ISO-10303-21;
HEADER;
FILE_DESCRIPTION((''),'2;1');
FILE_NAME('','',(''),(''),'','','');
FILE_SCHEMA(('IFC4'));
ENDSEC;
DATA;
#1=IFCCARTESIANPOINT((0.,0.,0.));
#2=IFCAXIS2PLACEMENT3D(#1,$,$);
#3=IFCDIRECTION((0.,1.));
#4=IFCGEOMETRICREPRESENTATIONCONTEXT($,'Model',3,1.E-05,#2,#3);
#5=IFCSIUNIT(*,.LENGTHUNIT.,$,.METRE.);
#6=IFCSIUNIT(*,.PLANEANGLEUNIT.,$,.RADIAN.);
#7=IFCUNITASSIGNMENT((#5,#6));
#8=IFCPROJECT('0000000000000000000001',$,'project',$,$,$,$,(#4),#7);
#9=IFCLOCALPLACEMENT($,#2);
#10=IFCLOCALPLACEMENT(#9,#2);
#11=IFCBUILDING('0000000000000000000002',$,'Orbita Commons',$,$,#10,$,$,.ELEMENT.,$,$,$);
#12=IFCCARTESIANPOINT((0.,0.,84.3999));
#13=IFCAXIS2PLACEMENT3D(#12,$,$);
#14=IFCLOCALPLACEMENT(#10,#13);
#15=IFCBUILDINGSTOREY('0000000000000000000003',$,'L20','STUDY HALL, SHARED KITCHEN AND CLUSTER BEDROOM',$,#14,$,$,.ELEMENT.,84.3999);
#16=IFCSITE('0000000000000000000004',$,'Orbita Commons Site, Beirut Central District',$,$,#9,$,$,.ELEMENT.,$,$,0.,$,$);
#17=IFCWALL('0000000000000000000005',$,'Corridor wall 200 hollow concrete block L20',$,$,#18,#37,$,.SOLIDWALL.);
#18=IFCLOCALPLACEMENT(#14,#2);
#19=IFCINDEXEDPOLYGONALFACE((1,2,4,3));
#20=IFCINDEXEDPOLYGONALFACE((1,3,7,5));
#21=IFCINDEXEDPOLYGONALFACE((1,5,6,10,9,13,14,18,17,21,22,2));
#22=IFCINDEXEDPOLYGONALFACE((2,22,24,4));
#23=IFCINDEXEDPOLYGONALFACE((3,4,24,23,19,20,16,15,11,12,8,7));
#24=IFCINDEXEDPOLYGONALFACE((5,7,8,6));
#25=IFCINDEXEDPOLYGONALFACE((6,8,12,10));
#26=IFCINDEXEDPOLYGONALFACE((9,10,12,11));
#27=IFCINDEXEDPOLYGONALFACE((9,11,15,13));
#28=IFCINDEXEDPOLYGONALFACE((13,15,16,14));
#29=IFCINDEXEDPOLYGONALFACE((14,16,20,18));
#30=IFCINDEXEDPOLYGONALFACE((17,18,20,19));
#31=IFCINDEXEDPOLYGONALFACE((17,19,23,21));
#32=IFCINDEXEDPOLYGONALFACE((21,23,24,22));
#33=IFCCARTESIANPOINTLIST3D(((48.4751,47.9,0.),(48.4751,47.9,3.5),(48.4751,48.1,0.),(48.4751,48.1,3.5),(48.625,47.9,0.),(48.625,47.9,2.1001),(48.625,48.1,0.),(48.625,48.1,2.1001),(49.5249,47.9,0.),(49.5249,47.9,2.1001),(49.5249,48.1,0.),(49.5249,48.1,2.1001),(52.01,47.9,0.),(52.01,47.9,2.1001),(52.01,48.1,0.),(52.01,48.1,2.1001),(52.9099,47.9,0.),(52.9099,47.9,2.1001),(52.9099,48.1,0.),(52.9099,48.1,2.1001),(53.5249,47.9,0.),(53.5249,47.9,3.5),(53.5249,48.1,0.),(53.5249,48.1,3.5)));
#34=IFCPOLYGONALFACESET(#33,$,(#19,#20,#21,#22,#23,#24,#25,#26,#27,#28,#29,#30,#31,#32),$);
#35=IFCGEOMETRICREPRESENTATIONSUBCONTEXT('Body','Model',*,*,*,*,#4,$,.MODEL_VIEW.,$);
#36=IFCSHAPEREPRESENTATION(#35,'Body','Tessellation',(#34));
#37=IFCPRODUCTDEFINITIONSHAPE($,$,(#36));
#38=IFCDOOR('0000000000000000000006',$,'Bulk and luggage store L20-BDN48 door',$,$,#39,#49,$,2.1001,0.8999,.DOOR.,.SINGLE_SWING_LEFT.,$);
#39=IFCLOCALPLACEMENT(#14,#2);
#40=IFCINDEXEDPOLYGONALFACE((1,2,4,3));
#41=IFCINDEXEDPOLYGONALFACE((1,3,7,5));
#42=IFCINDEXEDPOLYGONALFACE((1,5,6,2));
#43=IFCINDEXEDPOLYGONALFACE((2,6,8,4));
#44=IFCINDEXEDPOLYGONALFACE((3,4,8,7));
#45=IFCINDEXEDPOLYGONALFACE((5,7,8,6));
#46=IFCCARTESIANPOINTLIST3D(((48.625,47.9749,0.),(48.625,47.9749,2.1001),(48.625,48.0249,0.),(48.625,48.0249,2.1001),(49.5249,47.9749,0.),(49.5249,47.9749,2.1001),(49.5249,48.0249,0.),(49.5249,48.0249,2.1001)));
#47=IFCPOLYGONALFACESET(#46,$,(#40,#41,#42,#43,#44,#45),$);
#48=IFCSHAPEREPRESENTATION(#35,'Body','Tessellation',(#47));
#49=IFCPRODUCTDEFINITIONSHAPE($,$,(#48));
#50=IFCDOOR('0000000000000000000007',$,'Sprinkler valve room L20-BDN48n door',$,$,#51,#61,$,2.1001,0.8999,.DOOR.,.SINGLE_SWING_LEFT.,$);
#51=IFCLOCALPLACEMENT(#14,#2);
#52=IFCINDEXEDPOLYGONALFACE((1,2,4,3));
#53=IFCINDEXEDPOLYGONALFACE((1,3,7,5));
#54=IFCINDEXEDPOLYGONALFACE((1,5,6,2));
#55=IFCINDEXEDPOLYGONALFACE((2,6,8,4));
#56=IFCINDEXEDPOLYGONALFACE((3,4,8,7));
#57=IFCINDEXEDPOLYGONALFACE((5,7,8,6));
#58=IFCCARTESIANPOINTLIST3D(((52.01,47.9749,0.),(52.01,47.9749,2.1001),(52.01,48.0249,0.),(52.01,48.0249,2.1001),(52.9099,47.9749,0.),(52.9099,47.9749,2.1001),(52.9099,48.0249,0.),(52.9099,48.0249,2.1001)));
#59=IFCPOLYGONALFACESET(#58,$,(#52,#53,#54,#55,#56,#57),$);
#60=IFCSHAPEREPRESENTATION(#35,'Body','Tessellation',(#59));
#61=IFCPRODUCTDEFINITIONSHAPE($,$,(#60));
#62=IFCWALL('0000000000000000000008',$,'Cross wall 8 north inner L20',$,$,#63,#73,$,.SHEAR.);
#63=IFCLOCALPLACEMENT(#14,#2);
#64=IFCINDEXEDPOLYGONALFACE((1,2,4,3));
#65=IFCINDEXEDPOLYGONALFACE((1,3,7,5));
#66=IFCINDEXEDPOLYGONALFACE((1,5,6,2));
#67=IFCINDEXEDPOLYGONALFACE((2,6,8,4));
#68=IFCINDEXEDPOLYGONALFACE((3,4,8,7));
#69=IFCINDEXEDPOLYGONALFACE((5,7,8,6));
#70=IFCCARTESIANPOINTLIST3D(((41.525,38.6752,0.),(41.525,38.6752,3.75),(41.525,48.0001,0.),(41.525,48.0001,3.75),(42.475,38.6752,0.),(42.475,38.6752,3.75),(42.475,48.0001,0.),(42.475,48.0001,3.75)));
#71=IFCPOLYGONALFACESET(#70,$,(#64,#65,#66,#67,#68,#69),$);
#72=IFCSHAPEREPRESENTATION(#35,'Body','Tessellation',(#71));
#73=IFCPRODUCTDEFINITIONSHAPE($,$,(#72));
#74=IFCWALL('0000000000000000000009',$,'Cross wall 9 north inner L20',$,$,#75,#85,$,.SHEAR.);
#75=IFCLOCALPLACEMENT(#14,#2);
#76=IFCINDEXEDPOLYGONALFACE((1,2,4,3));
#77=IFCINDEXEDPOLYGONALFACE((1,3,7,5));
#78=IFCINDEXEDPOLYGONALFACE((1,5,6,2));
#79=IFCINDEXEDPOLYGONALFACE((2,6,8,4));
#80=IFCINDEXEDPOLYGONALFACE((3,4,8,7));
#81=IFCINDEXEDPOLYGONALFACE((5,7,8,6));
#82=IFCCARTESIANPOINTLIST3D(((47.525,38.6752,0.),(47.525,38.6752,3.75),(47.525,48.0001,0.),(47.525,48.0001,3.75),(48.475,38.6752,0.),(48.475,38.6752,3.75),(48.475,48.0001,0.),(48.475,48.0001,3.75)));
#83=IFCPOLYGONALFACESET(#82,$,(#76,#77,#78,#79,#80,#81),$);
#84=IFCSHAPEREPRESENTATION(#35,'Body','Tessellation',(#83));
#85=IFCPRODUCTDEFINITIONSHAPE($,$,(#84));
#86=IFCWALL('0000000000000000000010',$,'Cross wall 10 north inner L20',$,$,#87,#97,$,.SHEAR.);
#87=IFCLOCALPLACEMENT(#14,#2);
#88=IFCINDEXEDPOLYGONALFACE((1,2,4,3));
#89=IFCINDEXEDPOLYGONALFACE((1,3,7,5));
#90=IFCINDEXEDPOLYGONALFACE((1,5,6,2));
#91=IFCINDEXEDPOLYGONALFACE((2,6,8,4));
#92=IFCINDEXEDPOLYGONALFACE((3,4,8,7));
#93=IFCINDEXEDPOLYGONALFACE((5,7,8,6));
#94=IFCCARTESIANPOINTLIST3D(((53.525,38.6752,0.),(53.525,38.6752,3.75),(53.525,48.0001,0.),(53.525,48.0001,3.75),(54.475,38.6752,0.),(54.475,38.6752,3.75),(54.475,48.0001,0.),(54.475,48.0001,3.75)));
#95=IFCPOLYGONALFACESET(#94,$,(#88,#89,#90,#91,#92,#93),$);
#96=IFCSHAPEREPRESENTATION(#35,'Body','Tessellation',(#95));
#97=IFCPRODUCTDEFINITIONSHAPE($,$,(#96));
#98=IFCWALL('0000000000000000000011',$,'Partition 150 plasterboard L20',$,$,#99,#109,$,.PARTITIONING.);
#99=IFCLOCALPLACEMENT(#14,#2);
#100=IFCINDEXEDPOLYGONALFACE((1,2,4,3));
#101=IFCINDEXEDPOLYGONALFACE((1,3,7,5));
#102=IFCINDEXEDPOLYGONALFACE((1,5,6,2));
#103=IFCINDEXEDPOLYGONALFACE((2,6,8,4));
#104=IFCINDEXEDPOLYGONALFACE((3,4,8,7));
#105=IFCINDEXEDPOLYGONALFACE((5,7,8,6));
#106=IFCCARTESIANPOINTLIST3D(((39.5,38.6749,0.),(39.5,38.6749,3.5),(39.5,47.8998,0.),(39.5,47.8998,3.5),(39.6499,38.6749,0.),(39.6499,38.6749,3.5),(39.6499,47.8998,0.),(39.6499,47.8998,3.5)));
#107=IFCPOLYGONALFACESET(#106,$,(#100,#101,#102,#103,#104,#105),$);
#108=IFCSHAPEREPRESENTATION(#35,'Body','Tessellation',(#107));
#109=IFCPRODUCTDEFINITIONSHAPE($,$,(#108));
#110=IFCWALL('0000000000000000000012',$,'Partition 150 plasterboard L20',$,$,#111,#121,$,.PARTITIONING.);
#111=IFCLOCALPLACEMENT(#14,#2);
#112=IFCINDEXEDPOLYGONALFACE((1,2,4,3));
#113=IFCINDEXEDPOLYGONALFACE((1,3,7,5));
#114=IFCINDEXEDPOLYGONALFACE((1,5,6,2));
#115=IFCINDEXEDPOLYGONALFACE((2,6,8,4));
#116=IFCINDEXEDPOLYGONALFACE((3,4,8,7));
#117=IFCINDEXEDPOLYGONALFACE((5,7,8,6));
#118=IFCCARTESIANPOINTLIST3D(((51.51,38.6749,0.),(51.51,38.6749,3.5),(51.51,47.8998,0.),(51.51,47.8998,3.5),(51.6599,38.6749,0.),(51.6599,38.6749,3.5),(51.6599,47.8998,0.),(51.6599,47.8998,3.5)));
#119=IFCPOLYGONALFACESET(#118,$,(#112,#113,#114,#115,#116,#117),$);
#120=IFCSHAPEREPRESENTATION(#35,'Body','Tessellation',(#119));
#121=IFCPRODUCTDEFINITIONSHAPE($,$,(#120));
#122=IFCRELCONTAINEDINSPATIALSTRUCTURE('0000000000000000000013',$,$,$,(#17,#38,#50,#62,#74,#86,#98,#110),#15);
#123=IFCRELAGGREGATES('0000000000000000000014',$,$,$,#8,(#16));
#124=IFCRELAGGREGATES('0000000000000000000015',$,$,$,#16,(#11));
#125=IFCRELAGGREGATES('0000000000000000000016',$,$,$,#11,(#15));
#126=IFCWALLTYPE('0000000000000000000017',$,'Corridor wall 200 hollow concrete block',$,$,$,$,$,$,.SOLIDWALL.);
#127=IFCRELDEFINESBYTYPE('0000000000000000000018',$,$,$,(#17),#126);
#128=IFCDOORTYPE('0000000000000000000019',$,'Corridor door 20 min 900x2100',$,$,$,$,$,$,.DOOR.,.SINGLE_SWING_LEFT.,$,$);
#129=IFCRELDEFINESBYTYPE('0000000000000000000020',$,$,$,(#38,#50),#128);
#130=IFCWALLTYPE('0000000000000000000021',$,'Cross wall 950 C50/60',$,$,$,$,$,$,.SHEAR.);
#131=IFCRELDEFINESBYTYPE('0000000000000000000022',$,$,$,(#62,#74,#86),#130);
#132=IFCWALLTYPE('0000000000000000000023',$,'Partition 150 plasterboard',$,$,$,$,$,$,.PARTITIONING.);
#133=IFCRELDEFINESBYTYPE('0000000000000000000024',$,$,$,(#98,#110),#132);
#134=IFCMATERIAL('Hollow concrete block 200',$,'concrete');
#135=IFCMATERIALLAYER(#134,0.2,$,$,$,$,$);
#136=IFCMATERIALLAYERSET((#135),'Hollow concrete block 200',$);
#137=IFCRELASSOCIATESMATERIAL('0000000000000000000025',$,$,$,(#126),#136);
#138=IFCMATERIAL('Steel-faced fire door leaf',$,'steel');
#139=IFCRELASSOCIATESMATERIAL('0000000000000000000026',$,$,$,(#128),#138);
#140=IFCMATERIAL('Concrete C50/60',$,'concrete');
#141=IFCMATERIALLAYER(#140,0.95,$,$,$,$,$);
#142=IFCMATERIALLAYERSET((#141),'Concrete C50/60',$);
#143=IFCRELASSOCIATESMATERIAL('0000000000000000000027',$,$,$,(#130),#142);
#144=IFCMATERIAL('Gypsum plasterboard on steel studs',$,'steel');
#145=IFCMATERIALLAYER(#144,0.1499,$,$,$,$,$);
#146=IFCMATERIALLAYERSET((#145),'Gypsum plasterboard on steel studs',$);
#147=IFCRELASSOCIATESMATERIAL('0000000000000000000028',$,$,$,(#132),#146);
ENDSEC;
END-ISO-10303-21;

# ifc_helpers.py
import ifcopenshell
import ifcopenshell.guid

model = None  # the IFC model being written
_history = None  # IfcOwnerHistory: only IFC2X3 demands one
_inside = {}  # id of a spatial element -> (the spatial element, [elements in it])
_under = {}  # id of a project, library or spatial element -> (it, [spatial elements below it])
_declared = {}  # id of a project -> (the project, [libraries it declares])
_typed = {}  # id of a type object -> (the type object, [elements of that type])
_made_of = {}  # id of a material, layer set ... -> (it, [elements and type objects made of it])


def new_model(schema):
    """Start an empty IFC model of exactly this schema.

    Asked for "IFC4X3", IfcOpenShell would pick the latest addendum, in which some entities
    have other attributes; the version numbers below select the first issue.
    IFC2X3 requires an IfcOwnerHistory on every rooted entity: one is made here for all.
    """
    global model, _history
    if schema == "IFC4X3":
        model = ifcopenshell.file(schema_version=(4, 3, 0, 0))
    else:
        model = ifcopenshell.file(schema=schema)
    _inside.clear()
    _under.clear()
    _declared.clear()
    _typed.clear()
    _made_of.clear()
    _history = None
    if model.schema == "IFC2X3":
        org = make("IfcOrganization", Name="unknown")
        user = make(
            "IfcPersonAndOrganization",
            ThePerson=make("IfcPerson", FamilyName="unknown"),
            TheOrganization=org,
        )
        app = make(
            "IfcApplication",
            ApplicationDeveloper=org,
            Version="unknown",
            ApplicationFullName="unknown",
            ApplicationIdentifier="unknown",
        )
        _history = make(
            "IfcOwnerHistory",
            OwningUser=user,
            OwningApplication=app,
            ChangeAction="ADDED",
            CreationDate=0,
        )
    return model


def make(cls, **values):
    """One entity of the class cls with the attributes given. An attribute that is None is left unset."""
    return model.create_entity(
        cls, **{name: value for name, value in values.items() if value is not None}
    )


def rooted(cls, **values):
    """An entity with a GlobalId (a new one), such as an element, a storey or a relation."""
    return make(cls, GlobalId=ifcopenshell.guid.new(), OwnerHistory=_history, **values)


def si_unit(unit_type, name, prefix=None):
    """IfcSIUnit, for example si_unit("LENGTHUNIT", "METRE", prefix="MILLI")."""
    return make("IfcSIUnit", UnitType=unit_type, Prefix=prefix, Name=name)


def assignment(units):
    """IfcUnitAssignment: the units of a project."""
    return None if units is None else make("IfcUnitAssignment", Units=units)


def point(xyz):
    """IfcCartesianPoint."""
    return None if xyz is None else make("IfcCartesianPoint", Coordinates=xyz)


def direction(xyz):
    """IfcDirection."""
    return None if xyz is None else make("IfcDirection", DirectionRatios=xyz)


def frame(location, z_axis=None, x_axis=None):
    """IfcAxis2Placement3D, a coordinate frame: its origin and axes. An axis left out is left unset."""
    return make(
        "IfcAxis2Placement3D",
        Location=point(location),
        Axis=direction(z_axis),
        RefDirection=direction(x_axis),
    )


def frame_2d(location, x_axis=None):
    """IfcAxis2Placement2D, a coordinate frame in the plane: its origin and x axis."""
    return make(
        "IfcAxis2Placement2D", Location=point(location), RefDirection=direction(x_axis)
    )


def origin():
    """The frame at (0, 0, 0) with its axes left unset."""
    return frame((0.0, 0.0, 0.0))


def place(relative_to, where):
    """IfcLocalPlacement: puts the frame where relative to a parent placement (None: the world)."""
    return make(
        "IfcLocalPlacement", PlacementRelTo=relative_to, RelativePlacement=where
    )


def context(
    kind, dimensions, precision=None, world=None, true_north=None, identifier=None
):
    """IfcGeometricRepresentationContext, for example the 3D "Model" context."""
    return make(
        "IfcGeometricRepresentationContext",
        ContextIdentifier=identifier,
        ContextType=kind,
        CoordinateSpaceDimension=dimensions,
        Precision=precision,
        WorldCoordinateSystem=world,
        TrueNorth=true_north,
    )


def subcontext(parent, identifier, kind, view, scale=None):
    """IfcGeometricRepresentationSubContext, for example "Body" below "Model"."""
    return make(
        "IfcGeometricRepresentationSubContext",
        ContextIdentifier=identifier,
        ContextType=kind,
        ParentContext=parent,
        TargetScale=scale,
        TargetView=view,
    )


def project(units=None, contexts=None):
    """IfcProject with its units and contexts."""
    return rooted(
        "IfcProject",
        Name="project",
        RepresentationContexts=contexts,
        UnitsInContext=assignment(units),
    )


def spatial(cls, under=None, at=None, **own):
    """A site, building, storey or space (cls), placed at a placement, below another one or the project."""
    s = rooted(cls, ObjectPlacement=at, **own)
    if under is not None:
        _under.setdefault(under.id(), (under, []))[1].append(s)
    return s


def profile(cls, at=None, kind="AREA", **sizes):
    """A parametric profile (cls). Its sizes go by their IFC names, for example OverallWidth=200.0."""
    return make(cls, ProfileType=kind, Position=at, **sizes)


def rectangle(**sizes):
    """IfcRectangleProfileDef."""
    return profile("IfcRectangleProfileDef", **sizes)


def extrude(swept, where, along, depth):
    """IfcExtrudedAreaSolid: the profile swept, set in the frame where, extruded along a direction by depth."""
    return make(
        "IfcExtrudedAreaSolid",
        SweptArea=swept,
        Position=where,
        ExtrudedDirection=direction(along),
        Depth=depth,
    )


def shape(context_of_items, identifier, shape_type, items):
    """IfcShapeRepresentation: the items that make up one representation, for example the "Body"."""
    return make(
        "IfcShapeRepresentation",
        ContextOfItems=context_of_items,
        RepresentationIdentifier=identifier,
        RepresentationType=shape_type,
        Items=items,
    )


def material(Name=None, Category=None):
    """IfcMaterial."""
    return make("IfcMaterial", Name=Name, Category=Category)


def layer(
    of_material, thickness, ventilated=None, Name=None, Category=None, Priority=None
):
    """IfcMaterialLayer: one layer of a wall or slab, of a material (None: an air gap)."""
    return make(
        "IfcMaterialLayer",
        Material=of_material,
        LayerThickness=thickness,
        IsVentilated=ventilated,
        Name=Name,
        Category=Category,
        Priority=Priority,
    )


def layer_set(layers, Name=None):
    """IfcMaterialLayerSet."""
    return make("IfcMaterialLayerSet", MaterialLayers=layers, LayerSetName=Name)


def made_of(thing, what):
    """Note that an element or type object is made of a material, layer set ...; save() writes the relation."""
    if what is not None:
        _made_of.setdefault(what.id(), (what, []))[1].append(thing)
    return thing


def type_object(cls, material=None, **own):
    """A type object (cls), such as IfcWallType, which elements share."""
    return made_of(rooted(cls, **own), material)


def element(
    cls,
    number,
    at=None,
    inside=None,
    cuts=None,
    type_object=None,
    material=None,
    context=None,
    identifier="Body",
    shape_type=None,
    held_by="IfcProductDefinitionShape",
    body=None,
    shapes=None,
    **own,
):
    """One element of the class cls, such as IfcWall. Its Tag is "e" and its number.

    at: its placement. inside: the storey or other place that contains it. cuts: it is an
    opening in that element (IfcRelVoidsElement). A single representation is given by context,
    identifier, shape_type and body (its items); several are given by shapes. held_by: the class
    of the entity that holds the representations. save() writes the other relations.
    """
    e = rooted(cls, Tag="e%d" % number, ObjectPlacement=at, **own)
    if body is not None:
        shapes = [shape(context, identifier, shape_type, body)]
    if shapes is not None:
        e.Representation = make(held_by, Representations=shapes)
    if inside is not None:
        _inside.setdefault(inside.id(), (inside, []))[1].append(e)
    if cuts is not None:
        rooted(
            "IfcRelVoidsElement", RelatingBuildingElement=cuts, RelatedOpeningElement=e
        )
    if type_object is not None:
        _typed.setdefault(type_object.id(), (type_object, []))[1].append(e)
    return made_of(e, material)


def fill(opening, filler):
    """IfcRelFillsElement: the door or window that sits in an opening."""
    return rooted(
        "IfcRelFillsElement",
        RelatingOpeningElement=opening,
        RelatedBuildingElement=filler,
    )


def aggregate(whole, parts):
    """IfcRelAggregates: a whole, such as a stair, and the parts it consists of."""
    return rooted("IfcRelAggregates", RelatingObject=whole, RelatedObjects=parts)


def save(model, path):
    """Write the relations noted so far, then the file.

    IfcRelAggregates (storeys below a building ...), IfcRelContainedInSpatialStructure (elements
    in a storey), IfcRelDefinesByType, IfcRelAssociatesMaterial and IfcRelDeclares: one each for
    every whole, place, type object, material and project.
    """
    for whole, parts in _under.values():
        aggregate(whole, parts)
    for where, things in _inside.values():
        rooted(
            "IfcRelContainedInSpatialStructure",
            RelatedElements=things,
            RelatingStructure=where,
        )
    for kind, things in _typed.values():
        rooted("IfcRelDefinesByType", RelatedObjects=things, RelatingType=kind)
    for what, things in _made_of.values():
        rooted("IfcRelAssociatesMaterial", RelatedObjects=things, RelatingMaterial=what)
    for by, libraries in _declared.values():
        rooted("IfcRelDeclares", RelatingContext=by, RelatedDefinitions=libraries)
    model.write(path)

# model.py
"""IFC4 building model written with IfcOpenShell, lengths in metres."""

from ifc_helpers import new_model, si_unit, direction, frame, frame_2d, origin, place, context, subcontext, project, spatial, rectangle, extrude, material, layer, layer_set, type_object, element, fill, save


model = new_model("IFC4")

# Units and contexts
model_context = context("Model", 3, precision=1e-05, world=origin(), true_north=direction((0.0, 1.0)))
body_context = subcontext(model_context, "Body", "Model", "MODEL_VIEW")
ifc_project = project(units=[si_unit("LENGTHUNIT", "METRE"), si_unit("PLANEANGLEUNIT", "RADIAN")], contexts=[model_context])

# Site, building, storey
site_placement = place(None, origin())
site = spatial("IfcSite", under=ifc_project, at=site_placement, Name="Orbita Commons Site, Beirut Central District", CompositionType="ELEMENT", RefElevation=0.0)
building_placement = place(site_placement, origin())
building = spatial("IfcBuilding", under=site, at=building_placement, Name="Orbita Commons", CompositionType="ELEMENT")
storey_placement = place(building_placement, frame((0.0, 0.0, 84.3999)))
storey = spatial("IfcBuildingStorey", under=building, at=storey_placement, Name="L20", Description="STUDY HALL, SHARED KITCHEN AND CLUSTER BEDROOM", CompositionType="ELEMENT", Elevation=84.3999)

# Shared definitions
ifc_material_1 = material(Name="Hollow concrete block 200", Category="concrete")
ifc_layer_1 = layer(ifc_material_1, 0.2)
ifc_layer_set_1 = layer_set([ifc_layer_1], Name="Hollow concrete block 200")
wall_type_1 = type_object("IfcWallType", Name="Corridor wall 200 hollow concrete block", PredefinedType="SOLIDWALL", material=ifc_layer_set_1)
ifc_material_2 = material(Name="Steel-faced fire door leaf", Category="steel")
door_type_1 = type_object("IfcDoorType", Name="Corridor door 20 min 900x2100", OperationType="SINGLE_SWING_LEFT", PredefinedType="DOOR", material=ifc_material_2)

# Wall, openings, doors
wall_1_placement = place(storey_placement, frame((48.4751, 48.0, 0.0), z_axis=(0.0, 0.0, 1.0), x_axis=(1.0, 0.0, 0.0)))
wall_1 = element("IfcWall", 1, at=wall_1_placement, inside=storey, type_object=wall_type_1, Name="Corridor wall 200 hollow concrete block L20", PredefinedType="SOLIDWALL", context=body_context, shape_type="SweptSolid", body=[
    extrude(rectangle(XDim=5.0498, YDim=0.2, at=frame_2d((2.5249, 0.0))), origin(), (0.0, 0.0, 1.0), 3.5),
])
opening_1_placement = place(wall_1_placement, frame((0.1499, 0.0, 0.0)))
opening_1 = element("IfcOpeningElement", 2, at=opening_1_placement, cuts=wall_1, PredefinedType="OPENING", context=body_context, shape_type="SweptSolid", body=[
    extrude(rectangle(XDim=0.8999, YDim=2.1001, at=frame_2d((0.45, 1.05))), frame((0.0, 0.1099, 0.0), z_axis=(0.0, -1.0, 0.0), x_axis=(1.0, 0.0, 0.0)), (0.0, 0.0, 1.0), 0.22),
])
opening_2_placement = place(wall_1_placement, frame((3.5349, 0.0, 0.0)))
opening_2 = element("IfcOpeningElement", 3, at=opening_2_placement, cuts=wall_1, PredefinedType="OPENING", context=body_context, shape_type="SweptSolid", body=[
    extrude(rectangle(XDim=0.8999, YDim=2.1001, at=frame_2d((0.45, 1.05))), frame((0.0, 0.1099, 0.0), z_axis=(0.0, -1.0, 0.0), x_axis=(1.0, 0.0, 0.0)), (0.0, 0.0, 1.0), 0.22),
])
door_1_placement = place(opening_1_placement, origin())
door_1 = element("IfcDoor", 4, at=door_1_placement, inside=storey, type_object=door_type_1, Name="Bulk and luggage store L20-BDN48 door", OperationType="SINGLE_SWING_LEFT", OverallHeight=2.1001, OverallWidth=0.8999, PredefinedType="DOOR", context=body_context, shape_type="SweptSolid", body=[
    extrude(rectangle(XDim=0.8999, YDim=2.1001, at=frame_2d((0.45, 1.05))), frame((0.0, 0.0249, 0.0), z_axis=(0.0, -1.0, 0.0), x_axis=(1.0, 0.0, 0.0)), (0.0, 0.0, 1.0), 0.05),
])
fill(opening_1, door_1)
door_2_placement = place(opening_2_placement, origin())
door_2 = element("IfcDoor", 5, at=door_2_placement, inside=storey, type_object=door_type_1, Name="Sprinkler valve room L20-BDN48n door", OperationType="SINGLE_SWING_LEFT", OverallHeight=2.1001, OverallWidth=0.8999, PredefinedType="DOOR", context=body_context, shape_type="SweptSolid", body=[
    extrude(rectangle(XDim=0.8999, YDim=2.1001, at=frame_2d((0.45, 1.05))), frame((0.0, 0.0249, 0.0), z_axis=(0.0, -1.0, 0.0), x_axis=(1.0, 0.0, 0.0)), (0.0, 0.0, 1.0), 0.05),
])
fill(opening_2, door_2)

# Walls
ifc_material_3 = material(Name="Concrete C50/60", Category="concrete")
ifc_layer_2 = layer(ifc_material_3, 0.95)
ifc_layer_set_2 = layer_set([ifc_layer_2], Name="Concrete C50/60")
wall_type_2 = type_object("IfcWallType", Name="Cross wall 950 C50/60", PredefinedType="SHEAR", material=ifc_layer_set_2)
for number, where, z_axis, x_axis, name in (
    (6, (42.0, 38.675, 0.0), (0.0, 0.0, 1.0), (0.0, 1.0, 0.0), "Cross wall 8 north inner L20"),
    (7, (48.0, 38.675, 0.0), (0.0, 0.0, 1.0), (0.0, 1.0, 0.0), "Cross wall 9 north inner L20"),
    (8, (54.0, 38.675, 0.0), (0.0, 0.0, 1.0), (0.0, 1.0, 0.0), "Cross wall 10 north inner L20"),
):
    element("IfcWall", number, at=place(storey_placement, frame(where, z_axis=z_axis, x_axis=x_axis)), inside=storey, type_object=wall_type_2, Name=name, PredefinedType="SHEAR", context=body_context, shape_type="SweptSolid", body=[
        extrude(rectangle(XDim=9.325, YDim=0.95, at=frame_2d((4.6626, 0.0))), origin(), (0.0, 0.0, 1.0), 3.75),
    ])
ifc_material_4 = material(Name="Gypsum plasterboard on steel studs", Category="steel")
ifc_layer_3 = layer(ifc_material_4, 0.1499)
ifc_layer_set_3 = layer_set([ifc_layer_3], Name="Gypsum plasterboard on steel studs")
wall_type_3 = type_object("IfcWallType", Name="Partition 150 plasterboard", PredefinedType="PARTITIONING", material=ifc_layer_set_3)
for number, where, z_axis, x_axis, name in (
    (9, (39.575, 38.675, 0.0), (0.0, 0.0, 1.0), (0.0, 1.0, 0.0), "Partition 150 plasterboard L20"),
    (10, (51.585, 38.675, 0.0), (0.0, 0.0, 1.0), (0.0, 1.0, 0.0), "Partition 150 plasterboard L20"),
):
    element("IfcWall", number, at=place(storey_placement, frame(where, z_axis=z_axis, x_axis=x_axis)), inside=storey, type_object=wall_type_3, Name=name, PredefinedType="PARTITIONING", context=body_context, shape_type="SweptSolid", body=[
        extrude(rectangle(XDim=9.2249, YDim=0.1499, at=frame_2d((4.6123, 0.0))), origin(), (0.0, 0.0, 1.0), 3.5),
    ])

save(model, "model.ifc")
